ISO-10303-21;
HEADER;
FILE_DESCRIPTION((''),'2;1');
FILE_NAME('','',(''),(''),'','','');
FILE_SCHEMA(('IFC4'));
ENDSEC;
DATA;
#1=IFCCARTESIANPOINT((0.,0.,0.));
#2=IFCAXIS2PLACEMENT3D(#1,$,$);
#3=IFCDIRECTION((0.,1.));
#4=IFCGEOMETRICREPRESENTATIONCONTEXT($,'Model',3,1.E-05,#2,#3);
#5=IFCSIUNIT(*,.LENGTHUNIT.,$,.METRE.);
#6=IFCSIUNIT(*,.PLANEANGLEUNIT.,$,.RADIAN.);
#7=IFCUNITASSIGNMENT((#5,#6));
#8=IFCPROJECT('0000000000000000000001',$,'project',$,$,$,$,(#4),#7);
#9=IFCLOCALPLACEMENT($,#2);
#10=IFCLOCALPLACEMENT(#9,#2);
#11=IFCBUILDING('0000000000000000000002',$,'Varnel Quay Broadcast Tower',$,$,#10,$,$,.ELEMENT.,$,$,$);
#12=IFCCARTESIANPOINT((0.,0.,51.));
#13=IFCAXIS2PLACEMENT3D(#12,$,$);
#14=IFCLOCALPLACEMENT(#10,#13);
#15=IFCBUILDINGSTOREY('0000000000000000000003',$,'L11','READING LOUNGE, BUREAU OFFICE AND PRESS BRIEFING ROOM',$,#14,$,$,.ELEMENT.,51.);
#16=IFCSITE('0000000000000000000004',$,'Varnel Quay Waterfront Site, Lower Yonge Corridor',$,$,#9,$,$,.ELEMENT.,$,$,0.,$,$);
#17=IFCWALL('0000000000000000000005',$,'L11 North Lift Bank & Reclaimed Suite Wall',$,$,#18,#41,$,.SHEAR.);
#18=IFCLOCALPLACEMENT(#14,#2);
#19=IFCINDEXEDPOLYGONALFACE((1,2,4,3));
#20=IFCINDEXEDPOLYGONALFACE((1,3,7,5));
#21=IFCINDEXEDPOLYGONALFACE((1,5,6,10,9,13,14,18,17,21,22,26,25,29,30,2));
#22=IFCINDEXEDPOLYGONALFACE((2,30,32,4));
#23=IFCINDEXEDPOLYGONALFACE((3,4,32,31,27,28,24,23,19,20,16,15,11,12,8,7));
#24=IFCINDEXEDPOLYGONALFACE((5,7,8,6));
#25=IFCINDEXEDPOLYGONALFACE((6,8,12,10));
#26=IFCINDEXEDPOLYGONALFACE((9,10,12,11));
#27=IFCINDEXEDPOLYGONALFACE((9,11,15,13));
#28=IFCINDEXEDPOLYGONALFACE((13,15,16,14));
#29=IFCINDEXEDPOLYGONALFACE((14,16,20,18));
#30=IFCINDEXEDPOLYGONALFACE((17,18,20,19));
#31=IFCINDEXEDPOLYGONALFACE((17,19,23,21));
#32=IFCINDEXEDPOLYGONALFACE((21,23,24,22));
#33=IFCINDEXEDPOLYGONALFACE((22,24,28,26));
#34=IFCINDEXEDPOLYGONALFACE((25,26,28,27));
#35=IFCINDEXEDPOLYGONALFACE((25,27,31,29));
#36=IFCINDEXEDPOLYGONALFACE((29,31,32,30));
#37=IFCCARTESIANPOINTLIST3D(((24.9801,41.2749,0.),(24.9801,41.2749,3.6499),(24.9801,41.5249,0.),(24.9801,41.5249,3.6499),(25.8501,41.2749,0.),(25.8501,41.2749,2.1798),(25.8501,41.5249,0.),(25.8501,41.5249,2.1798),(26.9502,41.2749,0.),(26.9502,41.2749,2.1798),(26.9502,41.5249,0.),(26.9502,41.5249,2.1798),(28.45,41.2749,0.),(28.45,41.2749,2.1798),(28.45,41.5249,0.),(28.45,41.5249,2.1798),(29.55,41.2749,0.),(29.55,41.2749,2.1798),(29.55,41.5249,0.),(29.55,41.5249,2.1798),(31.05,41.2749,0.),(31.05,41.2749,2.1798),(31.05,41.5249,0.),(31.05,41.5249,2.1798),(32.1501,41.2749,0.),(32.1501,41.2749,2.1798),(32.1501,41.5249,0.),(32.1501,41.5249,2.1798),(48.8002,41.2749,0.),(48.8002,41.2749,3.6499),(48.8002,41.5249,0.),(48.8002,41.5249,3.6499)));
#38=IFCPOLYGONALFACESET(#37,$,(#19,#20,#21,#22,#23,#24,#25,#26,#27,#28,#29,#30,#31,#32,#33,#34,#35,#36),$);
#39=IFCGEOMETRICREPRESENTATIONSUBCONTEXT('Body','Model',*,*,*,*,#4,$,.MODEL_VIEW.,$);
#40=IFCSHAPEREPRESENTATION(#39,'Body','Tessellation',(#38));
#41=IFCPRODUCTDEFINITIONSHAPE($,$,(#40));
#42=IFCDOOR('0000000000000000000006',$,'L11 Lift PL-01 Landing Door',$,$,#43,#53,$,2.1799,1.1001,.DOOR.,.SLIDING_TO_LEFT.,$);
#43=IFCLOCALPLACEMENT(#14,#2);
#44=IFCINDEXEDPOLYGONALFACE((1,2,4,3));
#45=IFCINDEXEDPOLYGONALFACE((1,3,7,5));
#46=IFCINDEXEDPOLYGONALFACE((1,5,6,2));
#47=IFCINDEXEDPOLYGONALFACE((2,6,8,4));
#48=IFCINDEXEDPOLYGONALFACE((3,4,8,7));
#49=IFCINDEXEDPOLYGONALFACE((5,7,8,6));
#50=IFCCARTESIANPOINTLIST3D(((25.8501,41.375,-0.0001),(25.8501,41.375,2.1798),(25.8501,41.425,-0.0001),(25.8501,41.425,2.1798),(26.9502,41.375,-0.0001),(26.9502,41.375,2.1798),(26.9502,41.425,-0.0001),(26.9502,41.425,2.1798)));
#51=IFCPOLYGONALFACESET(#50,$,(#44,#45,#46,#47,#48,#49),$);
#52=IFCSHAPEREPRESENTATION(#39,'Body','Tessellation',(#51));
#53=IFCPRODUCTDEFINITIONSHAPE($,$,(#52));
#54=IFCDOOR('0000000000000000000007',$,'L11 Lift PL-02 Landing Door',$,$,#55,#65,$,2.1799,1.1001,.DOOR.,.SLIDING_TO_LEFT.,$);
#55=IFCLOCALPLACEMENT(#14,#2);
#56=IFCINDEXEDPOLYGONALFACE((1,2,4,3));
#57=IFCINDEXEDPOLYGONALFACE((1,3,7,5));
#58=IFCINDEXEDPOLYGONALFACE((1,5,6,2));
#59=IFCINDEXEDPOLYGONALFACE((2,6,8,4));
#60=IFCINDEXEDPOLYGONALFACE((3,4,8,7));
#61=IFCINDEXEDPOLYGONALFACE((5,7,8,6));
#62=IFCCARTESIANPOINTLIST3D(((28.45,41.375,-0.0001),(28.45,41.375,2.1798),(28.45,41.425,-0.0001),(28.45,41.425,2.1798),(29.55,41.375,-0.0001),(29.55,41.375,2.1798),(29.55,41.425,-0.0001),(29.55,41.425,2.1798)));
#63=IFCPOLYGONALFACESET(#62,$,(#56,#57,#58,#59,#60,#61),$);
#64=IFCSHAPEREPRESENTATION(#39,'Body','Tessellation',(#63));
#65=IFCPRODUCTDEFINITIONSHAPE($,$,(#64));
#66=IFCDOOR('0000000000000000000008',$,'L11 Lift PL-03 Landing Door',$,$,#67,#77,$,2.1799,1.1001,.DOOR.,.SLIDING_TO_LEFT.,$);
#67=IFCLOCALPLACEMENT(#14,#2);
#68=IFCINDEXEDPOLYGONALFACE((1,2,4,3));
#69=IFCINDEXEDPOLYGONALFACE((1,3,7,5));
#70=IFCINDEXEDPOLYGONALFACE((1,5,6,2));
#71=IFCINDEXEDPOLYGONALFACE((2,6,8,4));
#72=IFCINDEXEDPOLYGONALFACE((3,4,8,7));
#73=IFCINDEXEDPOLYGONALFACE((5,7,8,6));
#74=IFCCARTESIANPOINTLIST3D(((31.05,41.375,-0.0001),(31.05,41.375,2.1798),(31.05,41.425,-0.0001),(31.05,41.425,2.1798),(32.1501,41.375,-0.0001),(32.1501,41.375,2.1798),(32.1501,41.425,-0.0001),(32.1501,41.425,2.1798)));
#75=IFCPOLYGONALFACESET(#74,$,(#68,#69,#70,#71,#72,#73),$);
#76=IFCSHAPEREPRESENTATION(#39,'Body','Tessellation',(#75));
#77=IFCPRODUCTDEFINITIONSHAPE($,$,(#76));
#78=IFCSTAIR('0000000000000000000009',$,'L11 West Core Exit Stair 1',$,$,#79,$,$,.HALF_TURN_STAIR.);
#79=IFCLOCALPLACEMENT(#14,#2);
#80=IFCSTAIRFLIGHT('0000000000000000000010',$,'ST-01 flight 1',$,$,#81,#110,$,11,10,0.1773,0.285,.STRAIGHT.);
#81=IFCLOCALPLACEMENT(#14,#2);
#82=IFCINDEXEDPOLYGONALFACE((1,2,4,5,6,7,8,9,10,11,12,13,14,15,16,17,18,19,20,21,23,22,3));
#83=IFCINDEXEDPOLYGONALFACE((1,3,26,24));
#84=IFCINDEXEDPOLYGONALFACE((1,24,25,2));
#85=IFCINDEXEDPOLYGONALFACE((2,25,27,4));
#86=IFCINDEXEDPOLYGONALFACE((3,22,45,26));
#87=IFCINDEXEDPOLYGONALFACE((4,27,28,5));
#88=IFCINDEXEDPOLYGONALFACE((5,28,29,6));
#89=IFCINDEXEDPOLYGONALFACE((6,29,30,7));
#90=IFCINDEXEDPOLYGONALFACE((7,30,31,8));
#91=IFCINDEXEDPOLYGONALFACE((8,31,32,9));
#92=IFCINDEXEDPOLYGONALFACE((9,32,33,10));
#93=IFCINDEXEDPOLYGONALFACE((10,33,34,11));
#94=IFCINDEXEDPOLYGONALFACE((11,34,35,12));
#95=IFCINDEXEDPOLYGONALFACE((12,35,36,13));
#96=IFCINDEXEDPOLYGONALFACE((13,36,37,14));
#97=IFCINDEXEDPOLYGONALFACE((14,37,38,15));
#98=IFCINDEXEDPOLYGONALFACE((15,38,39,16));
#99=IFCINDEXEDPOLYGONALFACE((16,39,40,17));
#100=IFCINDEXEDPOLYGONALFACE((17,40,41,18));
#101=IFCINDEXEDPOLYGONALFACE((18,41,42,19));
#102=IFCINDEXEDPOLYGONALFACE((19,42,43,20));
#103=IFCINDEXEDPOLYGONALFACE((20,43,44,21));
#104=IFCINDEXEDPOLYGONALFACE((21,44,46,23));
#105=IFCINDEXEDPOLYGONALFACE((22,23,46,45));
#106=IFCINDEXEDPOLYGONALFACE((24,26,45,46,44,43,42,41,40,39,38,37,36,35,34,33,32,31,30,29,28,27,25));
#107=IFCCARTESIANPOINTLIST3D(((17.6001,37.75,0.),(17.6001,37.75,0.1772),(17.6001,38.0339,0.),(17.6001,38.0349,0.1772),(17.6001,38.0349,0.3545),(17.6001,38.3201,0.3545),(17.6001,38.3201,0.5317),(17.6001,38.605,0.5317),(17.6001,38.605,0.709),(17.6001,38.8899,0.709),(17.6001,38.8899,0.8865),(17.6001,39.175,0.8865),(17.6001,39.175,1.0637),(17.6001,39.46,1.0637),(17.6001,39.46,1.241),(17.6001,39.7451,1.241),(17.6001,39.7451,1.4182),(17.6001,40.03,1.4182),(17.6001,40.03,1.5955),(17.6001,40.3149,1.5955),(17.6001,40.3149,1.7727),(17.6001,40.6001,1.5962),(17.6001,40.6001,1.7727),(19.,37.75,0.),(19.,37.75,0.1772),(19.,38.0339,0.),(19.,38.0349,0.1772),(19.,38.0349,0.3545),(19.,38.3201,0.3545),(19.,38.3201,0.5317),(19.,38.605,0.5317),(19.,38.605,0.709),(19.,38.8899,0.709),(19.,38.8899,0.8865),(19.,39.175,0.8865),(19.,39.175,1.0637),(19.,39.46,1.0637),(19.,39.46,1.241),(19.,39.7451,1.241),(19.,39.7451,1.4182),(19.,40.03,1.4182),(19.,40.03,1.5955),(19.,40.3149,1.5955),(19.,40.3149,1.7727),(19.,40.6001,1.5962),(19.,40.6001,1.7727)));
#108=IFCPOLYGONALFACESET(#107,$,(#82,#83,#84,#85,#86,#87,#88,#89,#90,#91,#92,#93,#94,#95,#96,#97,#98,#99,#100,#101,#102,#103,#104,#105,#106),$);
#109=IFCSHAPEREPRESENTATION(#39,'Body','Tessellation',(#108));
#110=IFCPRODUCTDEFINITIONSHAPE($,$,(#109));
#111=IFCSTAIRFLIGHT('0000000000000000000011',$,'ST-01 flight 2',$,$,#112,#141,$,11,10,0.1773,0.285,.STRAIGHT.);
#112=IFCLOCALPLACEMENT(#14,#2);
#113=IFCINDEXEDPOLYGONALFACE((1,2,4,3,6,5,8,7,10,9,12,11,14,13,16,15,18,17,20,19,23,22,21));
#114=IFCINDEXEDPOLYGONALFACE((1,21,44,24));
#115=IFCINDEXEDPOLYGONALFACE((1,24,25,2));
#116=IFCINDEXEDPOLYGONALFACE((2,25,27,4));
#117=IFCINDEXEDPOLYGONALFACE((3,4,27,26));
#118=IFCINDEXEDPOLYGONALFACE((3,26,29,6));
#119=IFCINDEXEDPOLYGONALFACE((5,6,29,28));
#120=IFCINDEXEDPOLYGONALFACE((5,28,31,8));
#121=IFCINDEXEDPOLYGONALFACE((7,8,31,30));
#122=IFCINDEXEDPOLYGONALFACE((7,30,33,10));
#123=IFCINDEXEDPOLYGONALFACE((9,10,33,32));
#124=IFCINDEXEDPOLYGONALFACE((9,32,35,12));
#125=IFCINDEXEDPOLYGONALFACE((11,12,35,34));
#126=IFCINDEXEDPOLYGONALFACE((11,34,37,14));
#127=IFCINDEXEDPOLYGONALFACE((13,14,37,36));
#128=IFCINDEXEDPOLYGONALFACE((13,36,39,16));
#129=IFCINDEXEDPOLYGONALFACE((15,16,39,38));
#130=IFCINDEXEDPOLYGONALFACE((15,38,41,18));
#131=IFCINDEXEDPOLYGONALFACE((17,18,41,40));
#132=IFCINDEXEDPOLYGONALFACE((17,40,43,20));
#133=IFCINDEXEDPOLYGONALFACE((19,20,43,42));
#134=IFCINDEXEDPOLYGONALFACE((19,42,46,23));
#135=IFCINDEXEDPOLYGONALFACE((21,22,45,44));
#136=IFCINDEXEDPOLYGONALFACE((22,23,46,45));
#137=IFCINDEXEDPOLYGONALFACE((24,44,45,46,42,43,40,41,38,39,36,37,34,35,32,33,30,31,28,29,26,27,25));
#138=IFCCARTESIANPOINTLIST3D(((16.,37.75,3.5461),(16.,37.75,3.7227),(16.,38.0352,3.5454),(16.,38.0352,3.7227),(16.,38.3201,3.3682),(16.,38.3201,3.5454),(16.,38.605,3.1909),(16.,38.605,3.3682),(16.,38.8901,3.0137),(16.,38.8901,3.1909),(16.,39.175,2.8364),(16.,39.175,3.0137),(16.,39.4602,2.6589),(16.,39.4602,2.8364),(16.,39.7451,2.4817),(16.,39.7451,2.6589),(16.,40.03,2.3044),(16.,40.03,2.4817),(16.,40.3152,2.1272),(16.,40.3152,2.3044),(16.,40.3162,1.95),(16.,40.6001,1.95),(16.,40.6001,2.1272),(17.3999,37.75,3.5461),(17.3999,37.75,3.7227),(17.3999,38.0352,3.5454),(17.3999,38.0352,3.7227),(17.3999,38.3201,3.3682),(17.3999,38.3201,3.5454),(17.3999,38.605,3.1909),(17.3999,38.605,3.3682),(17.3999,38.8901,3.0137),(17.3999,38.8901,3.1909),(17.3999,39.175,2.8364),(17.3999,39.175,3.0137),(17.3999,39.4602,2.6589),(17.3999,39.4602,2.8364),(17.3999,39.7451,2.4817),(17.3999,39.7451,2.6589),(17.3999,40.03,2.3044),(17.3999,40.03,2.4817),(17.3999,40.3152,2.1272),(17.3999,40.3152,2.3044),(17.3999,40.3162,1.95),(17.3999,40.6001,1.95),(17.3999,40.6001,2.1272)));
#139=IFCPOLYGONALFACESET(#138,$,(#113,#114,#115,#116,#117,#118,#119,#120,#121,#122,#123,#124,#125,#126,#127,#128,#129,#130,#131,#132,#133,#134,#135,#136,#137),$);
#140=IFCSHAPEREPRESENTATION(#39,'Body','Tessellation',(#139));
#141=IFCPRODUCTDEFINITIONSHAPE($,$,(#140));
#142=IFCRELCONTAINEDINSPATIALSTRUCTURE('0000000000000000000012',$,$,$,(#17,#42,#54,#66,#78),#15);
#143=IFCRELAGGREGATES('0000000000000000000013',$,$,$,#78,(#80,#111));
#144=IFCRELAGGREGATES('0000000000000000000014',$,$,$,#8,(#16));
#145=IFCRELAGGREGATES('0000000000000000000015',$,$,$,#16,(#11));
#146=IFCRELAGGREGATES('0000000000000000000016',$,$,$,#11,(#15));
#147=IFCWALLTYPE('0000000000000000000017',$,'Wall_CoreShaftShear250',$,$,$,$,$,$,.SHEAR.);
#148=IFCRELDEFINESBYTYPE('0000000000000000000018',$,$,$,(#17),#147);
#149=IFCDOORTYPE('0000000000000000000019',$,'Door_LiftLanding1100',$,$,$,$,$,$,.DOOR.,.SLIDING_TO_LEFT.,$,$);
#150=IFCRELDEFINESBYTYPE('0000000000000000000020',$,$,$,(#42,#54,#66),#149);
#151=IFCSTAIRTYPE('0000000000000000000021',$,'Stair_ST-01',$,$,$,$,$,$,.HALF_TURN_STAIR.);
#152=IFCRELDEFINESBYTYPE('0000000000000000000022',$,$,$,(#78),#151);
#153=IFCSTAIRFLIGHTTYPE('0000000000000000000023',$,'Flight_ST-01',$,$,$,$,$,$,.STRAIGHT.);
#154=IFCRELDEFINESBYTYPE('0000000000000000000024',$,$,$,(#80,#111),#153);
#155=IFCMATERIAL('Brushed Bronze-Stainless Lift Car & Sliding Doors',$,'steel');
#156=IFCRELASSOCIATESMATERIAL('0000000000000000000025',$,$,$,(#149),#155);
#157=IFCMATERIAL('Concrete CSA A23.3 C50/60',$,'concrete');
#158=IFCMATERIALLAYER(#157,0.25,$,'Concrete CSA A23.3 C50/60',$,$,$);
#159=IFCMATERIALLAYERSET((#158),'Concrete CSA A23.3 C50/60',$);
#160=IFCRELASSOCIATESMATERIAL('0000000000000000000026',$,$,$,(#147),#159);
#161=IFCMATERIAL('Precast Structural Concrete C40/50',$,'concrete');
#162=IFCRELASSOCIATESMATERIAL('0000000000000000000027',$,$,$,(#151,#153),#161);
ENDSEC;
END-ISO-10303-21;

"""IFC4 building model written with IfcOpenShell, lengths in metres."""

from ifc_helpers import new_model, si_unit, direction, frame, frame_2d, origin, place, context, subcontext, project, spatial, polyline, rectangle, outline, extrude, source, transform, mapped, material, layer, layer_set, type_object, type_shapes, element, fill, aggregate, save


model = new_model("IFC4")

# Units and contexts
model_context = context("Model", 3, precision=1e-05, world=origin(), true_north=direction((0.0, 1.0)))
body_context = subcontext(model_context, "Body", "Model", "MODEL_VIEW")
ifc_project = project(units=[si_unit("LENGTHUNIT", "METRE"), si_unit("PLANEANGLEUNIT", "RADIAN")], contexts=[model_context])

# Site, building, storey
site_placement = place(None, origin())
site = spatial("IfcSite", under=ifc_project, at=site_placement, Name="Varnel Quay Waterfront Site, Lower Yonge Corridor", CompositionType="ELEMENT", RefElevation=0.0)
building_placement = place(site_placement, origin())
building = spatial("IfcBuilding", under=site, at=building_placement, Name="Varnel Quay Broadcast Tower", CompositionType="ELEMENT")
storey_placement = place(building_placement, frame((0.0, 0.0, 51.0)))
storey = spatial("IfcBuildingStorey", under=building, at=storey_placement, Name="L11", Description="READING LOUNGE, BUREAU OFFICE AND PRESS BRIEFING ROOM", CompositionType="ELEMENT", Elevation=51.0)

# Shared definitions
ifc_material_1 = material(Name="Concrete CSA A23.3 C50/60", Category="concrete")
ifc_material_2 = material(Name="Brushed Bronze-Stainless Lift Car & Sliding Doors", Category="steel")
door_type = type_object("IfcDoorType", Name="Door_LiftLanding1100", OperationType="SLIDING_TO_LEFT", PredefinedType="DOOR", material=ifc_material_2)
shared_shape_1 = source(origin(), body_context, "Body", "SweptSolid", [
    extrude(rectangle(XDim=1.1001, YDim=2.1799, at=frame_2d((0.55, 1.0898))), frame((0.0, 0.0249, 0.0), z_axis=(0.0, -1.0, 0.0), x_axis=(1.0, 0.0, 0.0)), (0.0, 0.0, 1.0), 0.05),
])
type_shapes(door_type, [shared_shape_1])

# Shared definitions
ifc_layer_1 = layer(ifc_material_1, 0.25, Name="Concrete CSA A23.3 C50/60")
ifc_layer_set_1 = layer_set([ifc_layer_1], Name="Concrete CSA A23.3 C50/60")
wall_type_1 = type_object("IfcWallType", Name="Wall_CoreShaftShear250", PredefinedType="SHEAR", material=ifc_layer_set_1)

# Wall, openings, doors
wall_1_placement = place(storey_placement, frame((24.98, 41.3999, 0.0), z_axis=(0.0, 0.0, 1.0), x_axis=(1.0, 0.0, 0.0)))
wall_1 = element("IfcWall", 1, at=wall_1_placement, inside=storey, type_object=wall_type_1, Name="L11 North Lift Bank & Reclaimed Suite Wall", PredefinedType="SHEAR", context=body_context, shape_type="SweptSolid", body=[
    extrude(rectangle(XDim=23.8201, YDim=0.25, at=frame_2d((11.9102, 0.0))), origin(), (0.0, 0.0, 1.0), 3.6499),
])
opening_1_placement = place(wall_1_placement, frame((0.8701, 0.0, 0.0)))
opening_1 = element("IfcOpeningElement", 2, at=opening_1_placement, cuts=wall_1, PredefinedType="OPENING", context=body_context, shape_type="SweptSolid", body=[
    extrude(rectangle(XDim=1.1001, YDim=2.1799, at=frame_2d((0.55, 1.0898))), frame((0.0, 0.135, 0.0), z_axis=(0.0, -1.0, 0.0), x_axis=(1.0, 0.0, 0.0)), (0.0, 0.0, 1.0), 0.27),
])
opening_2_placement = place(wall_1_placement, frame((3.47, 0.0, 0.0)))
opening_2 = element("IfcOpeningElement", 3, at=opening_2_placement, cuts=wall_1, PredefinedType="OPENING", context=body_context, shape_type="SweptSolid", body=[
    extrude(rectangle(XDim=1.1001, YDim=2.1799, at=frame_2d((0.55, 1.0898))), frame((0.0, 0.135, 0.0), z_axis=(0.0, -1.0, 0.0), x_axis=(1.0, 0.0, 0.0)), (0.0, 0.0, 1.0), 0.27),
])
opening_3_placement = place(wall_1_placement, frame((6.0701, 0.0, 0.0)))
opening_3 = element("IfcOpeningElement", 4, at=opening_3_placement, cuts=wall_1, PredefinedType="OPENING", context=body_context, shape_type="SweptSolid", body=[
    extrude(rectangle(XDim=1.1001, YDim=2.1799, at=frame_2d((0.55, 1.0898))), frame((0.0, 0.135, 0.0), z_axis=(0.0, -1.0, 0.0), x_axis=(1.0, 0.0, 0.0)), (0.0, 0.0, 1.0), 0.27),
])
door_1_placement = place(opening_1_placement, frame((1.1001, 0.0, 0.0), z_axis=(0.0, 0.0, 1.0), x_axis=(-1.0, 0.0, 0.0)))
door_1 = element("IfcDoor", 5, at=door_1_placement, inside=storey, type_object=door_type, Name="L11 Lift PL-01 Landing Door", OperationType="SLIDING_TO_LEFT", OverallHeight=2.1799, OverallWidth=1.1001, PredefinedType="DOOR", context=body_context, shape_type="MappedRepresentation", body=[
    mapped(shared_shape_1, transform((0.0, 0.0, 0.0), x_axis=(1.0, 0.0, 0.0), y_axis=(0.0, 1.0, 0.0), z_axis=(0.0, 0.0, 1.0), scale=1.0)),
])
fill(opening_1, door_1)
door_2_placement = place(opening_2_placement, frame((1.1001, 0.0, 0.0), z_axis=(0.0, 0.0, 1.0), x_axis=(-1.0, 0.0, 0.0)))
door_2 = element("IfcDoor", 6, at=door_2_placement, inside=storey, type_object=door_type, Name="L11 Lift PL-02 Landing Door", OperationType="SLIDING_TO_LEFT", OverallHeight=2.1799, OverallWidth=1.1001, PredefinedType="DOOR", context=body_context, shape_type="MappedRepresentation", body=[
    mapped(shared_shape_1, transform((0.0, 0.0, 0.0), x_axis=(1.0, 0.0, 0.0), y_axis=(0.0, 1.0, 0.0), z_axis=(0.0, 0.0, 1.0), scale=1.0)),
])
fill(opening_2, door_2)
door_3_placement = place(opening_3_placement, frame((1.1001, 0.0, 0.0), z_axis=(0.0, 0.0, 1.0), x_axis=(-1.0, 0.0, 0.0)))
door_3 = element("IfcDoor", 7, at=door_3_placement, inside=storey, type_object=door_type, Name="L11 Lift PL-03 Landing Door", OperationType="SLIDING_TO_LEFT", OverallHeight=2.1799, OverallWidth=1.1001, PredefinedType="DOOR", context=body_context, shape_type="MappedRepresentation", body=[
    mapped(shared_shape_1, transform((0.0, 0.0, 0.0), x_axis=(1.0, 0.0, 0.0), y_axis=(0.0, 1.0, 0.0), z_axis=(0.0, 0.0, 1.0), scale=1.0)),
])
fill(opening_3, door_3)

# Stair, stair flights
ifc_material_3 = material(Name="Precast Structural Concrete C40/50", Category="concrete")
stair_type = type_object("IfcStairType", Name="Stair_ST-01", PredefinedType="HALF_TURN_STAIR", material=ifc_material_3)
stair_placement = place(storey_placement, origin())
stair = element("IfcStair", 8, at=stair_placement, inside=storey, type_object=stair_type, Name="L11 West Core Exit Stair 1", PredefinedType="HALF_TURN_STAIR")
stair_flight_type = type_object("IfcStairFlightType", Name="Flight_ST-01", PredefinedType="STRAIGHT", material=ifc_material_3)
stair_flight_1_placement = place(storey_placement, frame((18.3, 37.75, 0.0), z_axis=(0.0, 0.0, 1.0), x_axis=(0.0, 1.0, 0.0)))
stair_flight_1 = element("IfcStairFlight", 9, at=stair_flight_1_placement, type_object=stair_flight_type, Name="ST-01 flight 1", NumberOfRisers=11, NumberOfTreads=10, PredefinedType="STRAIGHT", RiserHeight=0.1773, TreadLength=0.285, context=body_context, shape_type="SweptSolid", body=[
    extrude(outline(polyline([(0.0, 0.0), (0.0, 0.1772), (0.2849, 0.1772), (0.2849, 0.3545), (0.5701, 0.3545), (0.5701, 0.5317), (0.855, 0.5317), (0.855, 0.709), (1.1399, 0.709), (1.1399, 0.8865), (1.425, 0.8865), (1.425, 1.0637), (1.71, 1.0637), (1.71, 1.241), (1.9951, 1.241), (1.9951, 1.4182), (2.28, 1.4182), (2.28, 1.5955), (2.5649, 1.5955), (2.5649, 1.7727), (2.8501, 1.7727), (2.8501, 1.95), (2.8501, 1.5962), (0.2839, 0.0), (0.0, 0.0)])), frame((0.0, 0.7, 0.0), z_axis=(0.0, -1.0, 0.0), x_axis=(1.0, 0.0, 0.0)), (0.0, 0.0, 1.0), 1.3999),
])
stair_flight_2_placement = place(storey_placement, frame((16.7, 40.6001, 1.95), z_axis=(0.0, 0.0, 1.0), x_axis=(0.0, -1.0, 0.0)))
stair_flight_2 = element("IfcStairFlight", 10, at=stair_flight_2_placement, type_object=stair_flight_type, Name="ST-01 flight 2", NumberOfRisers=11, NumberOfTreads=10, PredefinedType="STRAIGHT", RiserHeight=0.1773, TreadLength=0.285, context=body_context, shape_type="SweptSolid", body=[
    extrude(outline(polyline([(0.0, 0.0), (0.0, 0.1772), (0.2849, 0.1772), (0.2849, 0.3545), (0.5701, 0.3545), (0.5701, 0.5317), (0.855, 0.5317), (0.855, 0.709), (1.1399, 0.709), (1.1399, 0.8865), (1.425, 0.8865), (1.425, 1.0637), (1.71, 1.0637), (1.71, 1.241), (1.9951, 1.241), (1.9951, 1.4182), (2.28, 1.4182), (2.28, 1.5955), (2.5649, 1.5955), (2.5649, 1.7727), (2.8501, 1.7727), (2.8501, 1.95), (2.8501, 1.5962), (0.2839, 0.0), (0.0, 0.0)])), frame((0.0, 0.7, 0.0), z_axis=(0.0, -1.0, 0.0), x_axis=(1.0, 0.0, 0.0)), (0.0, 0.0, 1.0), 1.3999),
])
aggregate(stair, [stair_flight_1, stair_flight_2])

save(model, "model.ifc")
